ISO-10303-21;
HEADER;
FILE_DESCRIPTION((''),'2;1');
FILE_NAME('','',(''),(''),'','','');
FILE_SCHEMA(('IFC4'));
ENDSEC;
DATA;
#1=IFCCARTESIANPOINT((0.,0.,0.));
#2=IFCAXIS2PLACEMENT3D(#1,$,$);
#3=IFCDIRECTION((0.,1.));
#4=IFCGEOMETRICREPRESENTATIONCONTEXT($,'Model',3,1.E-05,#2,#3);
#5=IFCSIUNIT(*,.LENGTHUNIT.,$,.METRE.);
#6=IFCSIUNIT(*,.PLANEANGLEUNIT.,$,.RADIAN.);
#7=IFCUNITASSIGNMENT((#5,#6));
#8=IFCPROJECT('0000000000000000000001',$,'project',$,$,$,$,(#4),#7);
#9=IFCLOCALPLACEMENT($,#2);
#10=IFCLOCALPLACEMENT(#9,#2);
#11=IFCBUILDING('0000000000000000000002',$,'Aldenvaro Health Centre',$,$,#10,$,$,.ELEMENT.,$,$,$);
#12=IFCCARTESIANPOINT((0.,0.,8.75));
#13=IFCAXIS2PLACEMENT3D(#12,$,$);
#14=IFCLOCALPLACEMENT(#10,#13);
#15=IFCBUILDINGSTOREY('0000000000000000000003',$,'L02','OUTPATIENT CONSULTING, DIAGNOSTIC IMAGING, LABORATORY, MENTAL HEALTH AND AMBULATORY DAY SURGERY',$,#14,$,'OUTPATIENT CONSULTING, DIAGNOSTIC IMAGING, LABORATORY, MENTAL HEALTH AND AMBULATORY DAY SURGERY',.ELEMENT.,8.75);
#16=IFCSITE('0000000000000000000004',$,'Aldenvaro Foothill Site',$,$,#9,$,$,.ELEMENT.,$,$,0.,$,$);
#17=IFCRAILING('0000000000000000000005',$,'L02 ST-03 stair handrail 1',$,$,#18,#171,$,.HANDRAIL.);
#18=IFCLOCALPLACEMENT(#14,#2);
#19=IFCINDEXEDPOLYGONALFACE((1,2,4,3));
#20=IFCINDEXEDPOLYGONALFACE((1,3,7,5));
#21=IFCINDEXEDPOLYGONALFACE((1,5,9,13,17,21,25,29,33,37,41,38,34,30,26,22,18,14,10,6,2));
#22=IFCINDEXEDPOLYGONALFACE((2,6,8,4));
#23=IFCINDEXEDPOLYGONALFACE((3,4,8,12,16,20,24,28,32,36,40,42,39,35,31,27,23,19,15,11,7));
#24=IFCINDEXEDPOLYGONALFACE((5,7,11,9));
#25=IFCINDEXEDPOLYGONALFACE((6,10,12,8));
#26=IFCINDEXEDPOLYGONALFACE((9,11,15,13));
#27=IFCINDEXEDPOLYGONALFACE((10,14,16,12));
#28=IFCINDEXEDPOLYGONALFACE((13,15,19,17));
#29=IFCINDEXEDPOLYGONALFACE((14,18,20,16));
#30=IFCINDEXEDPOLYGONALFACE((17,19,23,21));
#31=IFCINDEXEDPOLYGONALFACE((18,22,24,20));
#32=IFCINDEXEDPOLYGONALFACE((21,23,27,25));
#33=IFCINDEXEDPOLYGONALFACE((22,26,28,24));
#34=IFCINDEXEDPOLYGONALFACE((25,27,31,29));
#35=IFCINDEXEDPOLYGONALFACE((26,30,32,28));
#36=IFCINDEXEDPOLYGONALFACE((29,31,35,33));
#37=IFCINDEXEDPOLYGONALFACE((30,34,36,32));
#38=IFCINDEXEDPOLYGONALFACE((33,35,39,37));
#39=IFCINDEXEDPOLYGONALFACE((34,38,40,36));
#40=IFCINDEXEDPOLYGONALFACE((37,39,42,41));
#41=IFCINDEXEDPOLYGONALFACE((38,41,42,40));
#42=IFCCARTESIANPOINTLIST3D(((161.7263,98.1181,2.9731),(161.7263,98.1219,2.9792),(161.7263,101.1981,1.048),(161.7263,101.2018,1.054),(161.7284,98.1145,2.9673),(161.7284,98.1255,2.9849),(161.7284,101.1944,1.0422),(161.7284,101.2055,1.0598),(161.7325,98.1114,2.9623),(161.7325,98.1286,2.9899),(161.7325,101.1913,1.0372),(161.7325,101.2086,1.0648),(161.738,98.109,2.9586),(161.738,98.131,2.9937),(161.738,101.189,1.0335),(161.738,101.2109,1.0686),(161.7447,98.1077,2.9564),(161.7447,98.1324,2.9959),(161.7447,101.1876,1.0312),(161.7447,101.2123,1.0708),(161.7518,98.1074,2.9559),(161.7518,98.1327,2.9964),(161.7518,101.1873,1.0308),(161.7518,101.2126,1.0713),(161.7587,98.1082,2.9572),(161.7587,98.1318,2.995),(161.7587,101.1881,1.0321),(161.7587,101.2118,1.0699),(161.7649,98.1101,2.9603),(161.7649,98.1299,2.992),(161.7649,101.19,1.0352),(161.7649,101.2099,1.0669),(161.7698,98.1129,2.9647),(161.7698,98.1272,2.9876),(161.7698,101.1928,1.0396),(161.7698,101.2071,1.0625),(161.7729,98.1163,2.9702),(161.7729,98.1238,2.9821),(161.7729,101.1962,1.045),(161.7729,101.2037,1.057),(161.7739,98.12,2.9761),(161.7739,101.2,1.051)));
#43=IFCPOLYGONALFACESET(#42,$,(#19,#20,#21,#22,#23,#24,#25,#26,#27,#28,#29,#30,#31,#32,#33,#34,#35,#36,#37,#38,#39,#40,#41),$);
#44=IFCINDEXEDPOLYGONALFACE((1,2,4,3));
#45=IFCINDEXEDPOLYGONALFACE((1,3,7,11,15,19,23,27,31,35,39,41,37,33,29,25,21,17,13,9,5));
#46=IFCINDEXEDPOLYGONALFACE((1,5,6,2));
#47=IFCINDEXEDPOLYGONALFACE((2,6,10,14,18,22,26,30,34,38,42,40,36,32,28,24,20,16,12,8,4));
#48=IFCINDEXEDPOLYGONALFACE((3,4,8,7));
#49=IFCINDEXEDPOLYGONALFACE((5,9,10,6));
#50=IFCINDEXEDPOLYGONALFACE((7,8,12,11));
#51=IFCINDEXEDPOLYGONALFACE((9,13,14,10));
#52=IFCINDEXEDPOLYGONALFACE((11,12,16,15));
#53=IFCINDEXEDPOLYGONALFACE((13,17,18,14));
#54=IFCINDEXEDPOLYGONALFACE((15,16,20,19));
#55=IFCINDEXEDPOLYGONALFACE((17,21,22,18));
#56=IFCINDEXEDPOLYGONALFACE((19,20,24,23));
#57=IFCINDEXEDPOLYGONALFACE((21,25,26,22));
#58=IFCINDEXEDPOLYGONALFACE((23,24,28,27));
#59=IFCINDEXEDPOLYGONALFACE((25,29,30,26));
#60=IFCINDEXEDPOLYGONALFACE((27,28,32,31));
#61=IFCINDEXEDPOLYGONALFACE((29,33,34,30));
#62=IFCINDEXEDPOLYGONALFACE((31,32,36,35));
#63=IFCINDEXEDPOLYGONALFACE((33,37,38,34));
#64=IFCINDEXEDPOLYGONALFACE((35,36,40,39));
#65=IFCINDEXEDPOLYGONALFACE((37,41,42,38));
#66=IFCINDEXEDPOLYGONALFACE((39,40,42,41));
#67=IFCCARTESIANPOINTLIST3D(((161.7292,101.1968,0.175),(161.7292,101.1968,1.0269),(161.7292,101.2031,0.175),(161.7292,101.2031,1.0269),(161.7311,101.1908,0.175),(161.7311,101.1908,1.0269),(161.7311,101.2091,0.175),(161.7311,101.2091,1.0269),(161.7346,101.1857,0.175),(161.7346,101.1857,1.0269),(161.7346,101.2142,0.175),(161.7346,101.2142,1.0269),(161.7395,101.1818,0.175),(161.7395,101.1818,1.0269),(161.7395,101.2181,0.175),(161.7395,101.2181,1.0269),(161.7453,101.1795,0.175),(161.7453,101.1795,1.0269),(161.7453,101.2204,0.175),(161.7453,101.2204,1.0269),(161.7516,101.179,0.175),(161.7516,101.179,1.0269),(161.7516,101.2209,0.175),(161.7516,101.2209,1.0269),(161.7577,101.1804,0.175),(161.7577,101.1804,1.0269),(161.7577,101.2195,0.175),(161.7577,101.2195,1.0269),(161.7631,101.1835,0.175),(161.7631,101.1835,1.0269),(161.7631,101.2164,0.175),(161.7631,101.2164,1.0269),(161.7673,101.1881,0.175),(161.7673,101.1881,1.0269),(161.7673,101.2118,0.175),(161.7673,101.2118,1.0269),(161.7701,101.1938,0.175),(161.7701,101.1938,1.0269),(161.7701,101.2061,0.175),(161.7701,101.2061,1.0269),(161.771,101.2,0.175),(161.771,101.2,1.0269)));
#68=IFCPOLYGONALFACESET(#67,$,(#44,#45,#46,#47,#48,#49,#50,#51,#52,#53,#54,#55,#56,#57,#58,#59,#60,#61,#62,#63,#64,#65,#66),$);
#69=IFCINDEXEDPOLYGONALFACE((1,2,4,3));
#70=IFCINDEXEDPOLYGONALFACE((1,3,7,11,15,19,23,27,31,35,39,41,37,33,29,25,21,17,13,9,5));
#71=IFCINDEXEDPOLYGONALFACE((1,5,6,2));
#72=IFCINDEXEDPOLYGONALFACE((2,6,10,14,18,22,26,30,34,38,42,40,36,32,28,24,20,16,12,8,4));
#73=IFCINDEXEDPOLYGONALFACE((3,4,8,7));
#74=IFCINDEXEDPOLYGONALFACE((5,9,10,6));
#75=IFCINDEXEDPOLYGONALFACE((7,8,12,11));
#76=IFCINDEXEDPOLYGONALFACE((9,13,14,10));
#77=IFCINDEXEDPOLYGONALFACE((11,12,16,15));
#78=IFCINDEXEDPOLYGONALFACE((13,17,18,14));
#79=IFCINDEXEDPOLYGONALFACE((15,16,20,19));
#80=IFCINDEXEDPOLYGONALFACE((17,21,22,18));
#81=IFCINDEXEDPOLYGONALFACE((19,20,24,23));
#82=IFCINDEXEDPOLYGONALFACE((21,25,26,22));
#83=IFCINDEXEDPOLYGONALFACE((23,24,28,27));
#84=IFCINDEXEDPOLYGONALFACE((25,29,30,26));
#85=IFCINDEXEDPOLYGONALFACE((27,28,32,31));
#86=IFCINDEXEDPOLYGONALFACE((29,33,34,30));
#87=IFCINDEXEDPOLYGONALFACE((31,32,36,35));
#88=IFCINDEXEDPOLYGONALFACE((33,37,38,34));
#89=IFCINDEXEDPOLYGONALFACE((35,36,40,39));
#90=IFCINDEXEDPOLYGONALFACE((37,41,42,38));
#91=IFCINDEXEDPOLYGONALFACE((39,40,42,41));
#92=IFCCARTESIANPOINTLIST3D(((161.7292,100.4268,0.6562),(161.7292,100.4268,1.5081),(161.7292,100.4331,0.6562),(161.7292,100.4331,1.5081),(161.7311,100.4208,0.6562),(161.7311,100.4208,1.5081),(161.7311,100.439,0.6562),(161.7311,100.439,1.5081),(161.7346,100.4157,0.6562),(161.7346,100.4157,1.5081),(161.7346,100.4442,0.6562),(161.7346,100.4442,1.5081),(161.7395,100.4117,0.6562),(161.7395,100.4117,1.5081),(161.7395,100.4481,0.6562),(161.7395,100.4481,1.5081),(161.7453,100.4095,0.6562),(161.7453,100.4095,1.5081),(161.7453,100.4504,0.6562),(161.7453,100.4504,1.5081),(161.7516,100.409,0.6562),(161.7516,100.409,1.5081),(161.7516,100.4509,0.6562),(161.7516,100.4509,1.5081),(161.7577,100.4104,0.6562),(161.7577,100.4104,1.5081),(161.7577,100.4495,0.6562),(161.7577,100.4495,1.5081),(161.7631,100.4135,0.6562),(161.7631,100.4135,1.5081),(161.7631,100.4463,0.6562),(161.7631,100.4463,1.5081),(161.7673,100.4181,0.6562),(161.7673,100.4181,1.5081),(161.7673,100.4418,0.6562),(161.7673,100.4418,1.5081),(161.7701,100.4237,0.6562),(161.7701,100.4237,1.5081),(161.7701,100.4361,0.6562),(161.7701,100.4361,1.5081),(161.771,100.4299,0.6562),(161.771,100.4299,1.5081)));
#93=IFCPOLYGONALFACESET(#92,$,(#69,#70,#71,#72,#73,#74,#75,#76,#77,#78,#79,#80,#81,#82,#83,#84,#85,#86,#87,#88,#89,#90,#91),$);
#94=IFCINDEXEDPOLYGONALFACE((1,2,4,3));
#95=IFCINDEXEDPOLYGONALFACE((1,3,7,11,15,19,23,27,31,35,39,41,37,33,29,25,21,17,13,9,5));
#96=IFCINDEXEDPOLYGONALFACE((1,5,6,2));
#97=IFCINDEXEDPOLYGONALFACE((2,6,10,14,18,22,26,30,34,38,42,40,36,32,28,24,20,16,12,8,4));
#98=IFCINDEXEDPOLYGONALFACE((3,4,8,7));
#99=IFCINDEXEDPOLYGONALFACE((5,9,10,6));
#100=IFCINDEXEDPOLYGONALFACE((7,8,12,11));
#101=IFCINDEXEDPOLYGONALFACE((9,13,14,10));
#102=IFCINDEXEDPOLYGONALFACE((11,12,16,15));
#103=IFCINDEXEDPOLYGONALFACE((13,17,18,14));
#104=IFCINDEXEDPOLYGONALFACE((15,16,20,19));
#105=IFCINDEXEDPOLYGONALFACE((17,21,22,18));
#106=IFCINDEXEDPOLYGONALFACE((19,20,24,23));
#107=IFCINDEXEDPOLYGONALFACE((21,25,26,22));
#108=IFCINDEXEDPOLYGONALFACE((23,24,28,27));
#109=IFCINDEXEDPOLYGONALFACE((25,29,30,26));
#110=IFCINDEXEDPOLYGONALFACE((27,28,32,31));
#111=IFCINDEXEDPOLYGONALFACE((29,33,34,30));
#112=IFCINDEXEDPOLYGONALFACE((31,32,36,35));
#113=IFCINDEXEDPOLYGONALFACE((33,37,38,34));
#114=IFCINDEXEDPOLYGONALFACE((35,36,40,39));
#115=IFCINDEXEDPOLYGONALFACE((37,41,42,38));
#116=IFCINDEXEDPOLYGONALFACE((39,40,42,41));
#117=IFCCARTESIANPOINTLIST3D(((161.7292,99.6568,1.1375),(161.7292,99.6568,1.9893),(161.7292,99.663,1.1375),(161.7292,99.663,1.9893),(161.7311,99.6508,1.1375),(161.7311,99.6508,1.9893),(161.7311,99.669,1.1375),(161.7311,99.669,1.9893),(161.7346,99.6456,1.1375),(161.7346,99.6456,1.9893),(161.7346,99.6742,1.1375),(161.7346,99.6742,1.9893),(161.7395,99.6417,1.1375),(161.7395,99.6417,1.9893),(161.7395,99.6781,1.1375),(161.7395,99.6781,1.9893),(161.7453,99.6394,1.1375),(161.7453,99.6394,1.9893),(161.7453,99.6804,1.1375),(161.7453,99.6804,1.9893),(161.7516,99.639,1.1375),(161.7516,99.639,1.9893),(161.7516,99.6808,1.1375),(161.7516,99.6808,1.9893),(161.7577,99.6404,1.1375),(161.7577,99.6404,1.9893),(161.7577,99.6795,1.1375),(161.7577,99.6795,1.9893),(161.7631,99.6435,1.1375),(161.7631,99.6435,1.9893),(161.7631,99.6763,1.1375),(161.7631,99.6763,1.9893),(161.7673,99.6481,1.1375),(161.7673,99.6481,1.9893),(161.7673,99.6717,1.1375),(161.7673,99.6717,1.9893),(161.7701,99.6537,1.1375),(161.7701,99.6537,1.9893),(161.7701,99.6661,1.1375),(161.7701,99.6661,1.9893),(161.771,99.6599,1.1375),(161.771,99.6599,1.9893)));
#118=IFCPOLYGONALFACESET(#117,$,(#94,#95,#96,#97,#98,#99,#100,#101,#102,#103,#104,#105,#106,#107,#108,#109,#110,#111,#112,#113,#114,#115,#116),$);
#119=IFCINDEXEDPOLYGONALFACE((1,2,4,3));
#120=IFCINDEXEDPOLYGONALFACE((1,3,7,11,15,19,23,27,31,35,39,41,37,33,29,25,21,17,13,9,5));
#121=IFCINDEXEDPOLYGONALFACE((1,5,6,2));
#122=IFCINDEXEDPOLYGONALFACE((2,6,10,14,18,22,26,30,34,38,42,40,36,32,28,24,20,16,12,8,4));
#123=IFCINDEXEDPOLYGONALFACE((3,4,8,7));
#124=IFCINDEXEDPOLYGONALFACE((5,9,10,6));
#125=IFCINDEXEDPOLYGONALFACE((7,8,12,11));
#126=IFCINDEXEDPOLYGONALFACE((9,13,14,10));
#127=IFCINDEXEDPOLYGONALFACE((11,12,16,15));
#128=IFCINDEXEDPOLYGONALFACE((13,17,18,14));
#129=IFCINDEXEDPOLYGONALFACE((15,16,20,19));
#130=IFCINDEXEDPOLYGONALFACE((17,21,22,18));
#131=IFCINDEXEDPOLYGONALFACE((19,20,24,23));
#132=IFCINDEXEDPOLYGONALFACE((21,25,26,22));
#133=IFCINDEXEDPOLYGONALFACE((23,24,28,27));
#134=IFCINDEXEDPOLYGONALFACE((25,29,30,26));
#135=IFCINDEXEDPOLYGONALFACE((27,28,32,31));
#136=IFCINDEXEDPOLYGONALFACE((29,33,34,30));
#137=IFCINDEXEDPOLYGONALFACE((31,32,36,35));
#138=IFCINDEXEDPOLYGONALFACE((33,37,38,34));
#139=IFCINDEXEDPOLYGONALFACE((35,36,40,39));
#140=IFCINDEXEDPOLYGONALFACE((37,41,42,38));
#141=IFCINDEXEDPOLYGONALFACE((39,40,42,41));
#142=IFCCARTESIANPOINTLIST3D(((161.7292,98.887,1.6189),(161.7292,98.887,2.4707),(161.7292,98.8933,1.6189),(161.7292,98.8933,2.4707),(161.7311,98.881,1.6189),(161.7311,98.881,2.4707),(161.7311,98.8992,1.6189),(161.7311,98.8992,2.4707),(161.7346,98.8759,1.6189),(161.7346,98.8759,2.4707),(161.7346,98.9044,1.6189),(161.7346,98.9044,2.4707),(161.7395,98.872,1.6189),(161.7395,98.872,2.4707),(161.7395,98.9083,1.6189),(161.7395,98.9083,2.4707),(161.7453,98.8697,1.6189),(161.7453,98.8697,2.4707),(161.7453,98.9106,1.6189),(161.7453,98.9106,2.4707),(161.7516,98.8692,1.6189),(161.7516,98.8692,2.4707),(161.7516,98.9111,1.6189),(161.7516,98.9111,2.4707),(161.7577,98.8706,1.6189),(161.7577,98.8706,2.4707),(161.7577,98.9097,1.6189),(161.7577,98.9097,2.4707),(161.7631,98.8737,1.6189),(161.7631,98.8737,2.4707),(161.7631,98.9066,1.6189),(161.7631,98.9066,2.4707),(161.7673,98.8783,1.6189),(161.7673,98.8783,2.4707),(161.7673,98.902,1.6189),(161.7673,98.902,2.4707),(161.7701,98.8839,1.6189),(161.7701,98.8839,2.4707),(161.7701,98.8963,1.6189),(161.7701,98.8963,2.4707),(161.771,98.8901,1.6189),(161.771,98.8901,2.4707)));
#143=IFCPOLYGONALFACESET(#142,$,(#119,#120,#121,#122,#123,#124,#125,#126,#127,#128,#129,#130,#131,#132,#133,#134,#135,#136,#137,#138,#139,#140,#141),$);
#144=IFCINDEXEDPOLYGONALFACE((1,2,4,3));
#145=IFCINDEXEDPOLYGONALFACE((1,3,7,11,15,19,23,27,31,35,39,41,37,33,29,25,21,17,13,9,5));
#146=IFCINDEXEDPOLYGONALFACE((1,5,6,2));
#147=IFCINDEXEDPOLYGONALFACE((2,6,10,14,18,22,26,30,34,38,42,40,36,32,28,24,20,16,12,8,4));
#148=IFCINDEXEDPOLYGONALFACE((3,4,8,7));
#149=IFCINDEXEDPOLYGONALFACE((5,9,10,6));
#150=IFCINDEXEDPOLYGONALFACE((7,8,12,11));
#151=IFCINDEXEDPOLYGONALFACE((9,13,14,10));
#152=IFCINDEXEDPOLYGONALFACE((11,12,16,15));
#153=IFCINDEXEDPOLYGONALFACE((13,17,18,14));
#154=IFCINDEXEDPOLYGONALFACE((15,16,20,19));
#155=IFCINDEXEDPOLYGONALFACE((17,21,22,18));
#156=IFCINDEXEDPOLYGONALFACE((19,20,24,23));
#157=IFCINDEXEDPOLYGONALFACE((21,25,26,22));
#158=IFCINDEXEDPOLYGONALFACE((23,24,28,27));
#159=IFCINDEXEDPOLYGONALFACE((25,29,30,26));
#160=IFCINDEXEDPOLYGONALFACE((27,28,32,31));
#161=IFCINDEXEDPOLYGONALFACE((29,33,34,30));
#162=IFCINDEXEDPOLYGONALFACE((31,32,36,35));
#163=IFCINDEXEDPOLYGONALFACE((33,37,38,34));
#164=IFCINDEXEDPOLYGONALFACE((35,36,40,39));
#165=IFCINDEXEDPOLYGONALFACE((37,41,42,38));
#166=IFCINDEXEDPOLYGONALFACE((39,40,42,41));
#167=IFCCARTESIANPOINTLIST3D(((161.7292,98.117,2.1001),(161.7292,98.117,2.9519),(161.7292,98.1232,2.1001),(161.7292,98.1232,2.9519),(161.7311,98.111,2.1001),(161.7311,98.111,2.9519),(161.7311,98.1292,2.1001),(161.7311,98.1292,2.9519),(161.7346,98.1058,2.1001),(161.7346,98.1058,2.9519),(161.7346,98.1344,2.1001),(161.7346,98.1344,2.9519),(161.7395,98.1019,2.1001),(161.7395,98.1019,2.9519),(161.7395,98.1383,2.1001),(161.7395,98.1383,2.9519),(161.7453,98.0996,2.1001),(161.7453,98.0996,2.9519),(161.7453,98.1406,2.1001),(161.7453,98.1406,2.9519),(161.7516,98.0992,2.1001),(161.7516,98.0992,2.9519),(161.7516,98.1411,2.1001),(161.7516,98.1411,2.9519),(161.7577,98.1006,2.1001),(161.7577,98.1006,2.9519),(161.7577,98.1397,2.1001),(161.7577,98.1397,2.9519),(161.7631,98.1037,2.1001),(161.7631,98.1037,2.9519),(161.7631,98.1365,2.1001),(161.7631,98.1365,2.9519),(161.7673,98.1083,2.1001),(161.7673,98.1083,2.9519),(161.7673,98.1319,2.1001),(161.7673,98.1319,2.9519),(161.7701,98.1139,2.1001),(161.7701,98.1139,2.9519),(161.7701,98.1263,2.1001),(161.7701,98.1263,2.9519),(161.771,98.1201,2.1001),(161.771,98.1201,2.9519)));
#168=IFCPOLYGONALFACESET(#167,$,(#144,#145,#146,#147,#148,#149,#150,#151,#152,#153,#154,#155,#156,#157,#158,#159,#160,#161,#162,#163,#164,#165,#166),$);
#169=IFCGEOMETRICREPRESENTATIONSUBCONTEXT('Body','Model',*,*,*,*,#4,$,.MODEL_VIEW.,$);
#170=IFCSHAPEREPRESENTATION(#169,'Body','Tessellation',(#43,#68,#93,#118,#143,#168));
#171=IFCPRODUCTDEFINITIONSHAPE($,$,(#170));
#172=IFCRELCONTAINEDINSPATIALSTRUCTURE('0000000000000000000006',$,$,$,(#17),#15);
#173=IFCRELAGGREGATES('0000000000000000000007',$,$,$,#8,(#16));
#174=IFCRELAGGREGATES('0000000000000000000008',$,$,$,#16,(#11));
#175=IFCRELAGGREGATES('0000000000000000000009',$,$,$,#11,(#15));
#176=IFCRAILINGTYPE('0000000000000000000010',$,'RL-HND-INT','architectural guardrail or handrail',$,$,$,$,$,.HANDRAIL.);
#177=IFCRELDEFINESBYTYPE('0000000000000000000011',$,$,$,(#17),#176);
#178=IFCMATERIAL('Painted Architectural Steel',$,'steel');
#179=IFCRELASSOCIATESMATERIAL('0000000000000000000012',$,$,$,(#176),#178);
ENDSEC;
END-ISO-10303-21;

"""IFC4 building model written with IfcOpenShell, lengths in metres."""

from ifc_helpers import new_model, si_unit, direction, frame, origin, origin_2d, place, context, subcontext, project, spatial, circle, extrude, material, type_object, element, save


model = new_model("IFC4")

# Units and contexts
model_context = context("Model", 3, precision=1e-05, world=origin(), true_north=direction((0.0, 1.0)))
body_context = subcontext(model_context, "Body", "Model", "MODEL_VIEW")
ifc_project = project(units=[si_unit("LENGTHUNIT", "METRE"), si_unit("PLANEANGLEUNIT", "RADIAN")], contexts=[model_context])

# Site, building, storey
site_placement = place(None, origin())
site = spatial("IfcSite", under=ifc_project, at=site_placement, Name="Aldenvaro Foothill Site", CompositionType="ELEMENT", RefElevation=0.0)
building_placement = place(site_placement, origin())
building = spatial("IfcBuilding", under=site, at=building_placement, Name="Aldenvaro Health Centre", CompositionType="ELEMENT")
storey_placement = place(building_placement, frame((0.0, 0.0, 8.75)))
storey = spatial("IfcBuildingStorey", under=building, at=storey_placement, Name="L02", Description="OUTPATIENT CONSULTING, DIAGNOSTIC IMAGING, LABORATORY, MENTAL HEALTH AND AMBULATORY DAY SURGERY", LongName="OUTPATIENT CONSULTING, DIAGNOSTIC IMAGING, LABORATORY, MENTAL HEALTH AND AMBULATORY DAY SURGERY", CompositionType="ELEMENT", Elevation=8.75)

# Railing
ifc_material_1 = material(Name="Painted Architectural Steel", Category="steel")
railing_type_1 = type_object("IfcRailingType", Name="RL-HND-INT", Description="architectural guardrail or handrail", PredefinedType="HANDRAIL", material=ifc_material_1)
railing_1_placement = place(storey_placement, frame((161.75, 101.2, 0.175)))
element("IfcRailing", 1, at=railing_1_placement, inside=storey, type_object=railing_type_1, Name="L02 ST-03 stair handrail 1", PredefinedType="HANDRAIL", context=body_context, shape_type="SweptSolid", body=[
    extrude(circle(Radius=0.0239, at=origin_2d()), frame((0.0, 0.0, 0.876), z_axis=(0.0, -0.847979, 0.530029), x_axis=(1.0, 0.0, 0.0)), (0.0, 0.0, 1.0), 3.6321),
    extrude(circle(Radius=0.021, at=origin_2d()), origin(), (0.0, 0.0, 1.0), 0.8518),
    extrude(circle(Radius=0.021, at=origin_2d()), frame((0.0, -0.77, 0.4812)), (0.0, 0.0, 1.0), 0.8518),
    extrude(circle(Radius=0.021, at=origin_2d()), frame((0.0, -1.54, 0.9624)), (0.0, 0.0, 1.0), 0.8518),
    extrude(circle(Radius=0.021, at=origin_2d()), frame((0.0, -2.3098, 1.4438)), (0.0, 0.0, 1.0), 0.8518),
    extrude(circle(Radius=0.021, at=origin_2d()), frame((0.0, -3.0798, 1.925)), (0.0, 0.0, 1.0), 0.8518),
])

save(model, "model.ifc")
